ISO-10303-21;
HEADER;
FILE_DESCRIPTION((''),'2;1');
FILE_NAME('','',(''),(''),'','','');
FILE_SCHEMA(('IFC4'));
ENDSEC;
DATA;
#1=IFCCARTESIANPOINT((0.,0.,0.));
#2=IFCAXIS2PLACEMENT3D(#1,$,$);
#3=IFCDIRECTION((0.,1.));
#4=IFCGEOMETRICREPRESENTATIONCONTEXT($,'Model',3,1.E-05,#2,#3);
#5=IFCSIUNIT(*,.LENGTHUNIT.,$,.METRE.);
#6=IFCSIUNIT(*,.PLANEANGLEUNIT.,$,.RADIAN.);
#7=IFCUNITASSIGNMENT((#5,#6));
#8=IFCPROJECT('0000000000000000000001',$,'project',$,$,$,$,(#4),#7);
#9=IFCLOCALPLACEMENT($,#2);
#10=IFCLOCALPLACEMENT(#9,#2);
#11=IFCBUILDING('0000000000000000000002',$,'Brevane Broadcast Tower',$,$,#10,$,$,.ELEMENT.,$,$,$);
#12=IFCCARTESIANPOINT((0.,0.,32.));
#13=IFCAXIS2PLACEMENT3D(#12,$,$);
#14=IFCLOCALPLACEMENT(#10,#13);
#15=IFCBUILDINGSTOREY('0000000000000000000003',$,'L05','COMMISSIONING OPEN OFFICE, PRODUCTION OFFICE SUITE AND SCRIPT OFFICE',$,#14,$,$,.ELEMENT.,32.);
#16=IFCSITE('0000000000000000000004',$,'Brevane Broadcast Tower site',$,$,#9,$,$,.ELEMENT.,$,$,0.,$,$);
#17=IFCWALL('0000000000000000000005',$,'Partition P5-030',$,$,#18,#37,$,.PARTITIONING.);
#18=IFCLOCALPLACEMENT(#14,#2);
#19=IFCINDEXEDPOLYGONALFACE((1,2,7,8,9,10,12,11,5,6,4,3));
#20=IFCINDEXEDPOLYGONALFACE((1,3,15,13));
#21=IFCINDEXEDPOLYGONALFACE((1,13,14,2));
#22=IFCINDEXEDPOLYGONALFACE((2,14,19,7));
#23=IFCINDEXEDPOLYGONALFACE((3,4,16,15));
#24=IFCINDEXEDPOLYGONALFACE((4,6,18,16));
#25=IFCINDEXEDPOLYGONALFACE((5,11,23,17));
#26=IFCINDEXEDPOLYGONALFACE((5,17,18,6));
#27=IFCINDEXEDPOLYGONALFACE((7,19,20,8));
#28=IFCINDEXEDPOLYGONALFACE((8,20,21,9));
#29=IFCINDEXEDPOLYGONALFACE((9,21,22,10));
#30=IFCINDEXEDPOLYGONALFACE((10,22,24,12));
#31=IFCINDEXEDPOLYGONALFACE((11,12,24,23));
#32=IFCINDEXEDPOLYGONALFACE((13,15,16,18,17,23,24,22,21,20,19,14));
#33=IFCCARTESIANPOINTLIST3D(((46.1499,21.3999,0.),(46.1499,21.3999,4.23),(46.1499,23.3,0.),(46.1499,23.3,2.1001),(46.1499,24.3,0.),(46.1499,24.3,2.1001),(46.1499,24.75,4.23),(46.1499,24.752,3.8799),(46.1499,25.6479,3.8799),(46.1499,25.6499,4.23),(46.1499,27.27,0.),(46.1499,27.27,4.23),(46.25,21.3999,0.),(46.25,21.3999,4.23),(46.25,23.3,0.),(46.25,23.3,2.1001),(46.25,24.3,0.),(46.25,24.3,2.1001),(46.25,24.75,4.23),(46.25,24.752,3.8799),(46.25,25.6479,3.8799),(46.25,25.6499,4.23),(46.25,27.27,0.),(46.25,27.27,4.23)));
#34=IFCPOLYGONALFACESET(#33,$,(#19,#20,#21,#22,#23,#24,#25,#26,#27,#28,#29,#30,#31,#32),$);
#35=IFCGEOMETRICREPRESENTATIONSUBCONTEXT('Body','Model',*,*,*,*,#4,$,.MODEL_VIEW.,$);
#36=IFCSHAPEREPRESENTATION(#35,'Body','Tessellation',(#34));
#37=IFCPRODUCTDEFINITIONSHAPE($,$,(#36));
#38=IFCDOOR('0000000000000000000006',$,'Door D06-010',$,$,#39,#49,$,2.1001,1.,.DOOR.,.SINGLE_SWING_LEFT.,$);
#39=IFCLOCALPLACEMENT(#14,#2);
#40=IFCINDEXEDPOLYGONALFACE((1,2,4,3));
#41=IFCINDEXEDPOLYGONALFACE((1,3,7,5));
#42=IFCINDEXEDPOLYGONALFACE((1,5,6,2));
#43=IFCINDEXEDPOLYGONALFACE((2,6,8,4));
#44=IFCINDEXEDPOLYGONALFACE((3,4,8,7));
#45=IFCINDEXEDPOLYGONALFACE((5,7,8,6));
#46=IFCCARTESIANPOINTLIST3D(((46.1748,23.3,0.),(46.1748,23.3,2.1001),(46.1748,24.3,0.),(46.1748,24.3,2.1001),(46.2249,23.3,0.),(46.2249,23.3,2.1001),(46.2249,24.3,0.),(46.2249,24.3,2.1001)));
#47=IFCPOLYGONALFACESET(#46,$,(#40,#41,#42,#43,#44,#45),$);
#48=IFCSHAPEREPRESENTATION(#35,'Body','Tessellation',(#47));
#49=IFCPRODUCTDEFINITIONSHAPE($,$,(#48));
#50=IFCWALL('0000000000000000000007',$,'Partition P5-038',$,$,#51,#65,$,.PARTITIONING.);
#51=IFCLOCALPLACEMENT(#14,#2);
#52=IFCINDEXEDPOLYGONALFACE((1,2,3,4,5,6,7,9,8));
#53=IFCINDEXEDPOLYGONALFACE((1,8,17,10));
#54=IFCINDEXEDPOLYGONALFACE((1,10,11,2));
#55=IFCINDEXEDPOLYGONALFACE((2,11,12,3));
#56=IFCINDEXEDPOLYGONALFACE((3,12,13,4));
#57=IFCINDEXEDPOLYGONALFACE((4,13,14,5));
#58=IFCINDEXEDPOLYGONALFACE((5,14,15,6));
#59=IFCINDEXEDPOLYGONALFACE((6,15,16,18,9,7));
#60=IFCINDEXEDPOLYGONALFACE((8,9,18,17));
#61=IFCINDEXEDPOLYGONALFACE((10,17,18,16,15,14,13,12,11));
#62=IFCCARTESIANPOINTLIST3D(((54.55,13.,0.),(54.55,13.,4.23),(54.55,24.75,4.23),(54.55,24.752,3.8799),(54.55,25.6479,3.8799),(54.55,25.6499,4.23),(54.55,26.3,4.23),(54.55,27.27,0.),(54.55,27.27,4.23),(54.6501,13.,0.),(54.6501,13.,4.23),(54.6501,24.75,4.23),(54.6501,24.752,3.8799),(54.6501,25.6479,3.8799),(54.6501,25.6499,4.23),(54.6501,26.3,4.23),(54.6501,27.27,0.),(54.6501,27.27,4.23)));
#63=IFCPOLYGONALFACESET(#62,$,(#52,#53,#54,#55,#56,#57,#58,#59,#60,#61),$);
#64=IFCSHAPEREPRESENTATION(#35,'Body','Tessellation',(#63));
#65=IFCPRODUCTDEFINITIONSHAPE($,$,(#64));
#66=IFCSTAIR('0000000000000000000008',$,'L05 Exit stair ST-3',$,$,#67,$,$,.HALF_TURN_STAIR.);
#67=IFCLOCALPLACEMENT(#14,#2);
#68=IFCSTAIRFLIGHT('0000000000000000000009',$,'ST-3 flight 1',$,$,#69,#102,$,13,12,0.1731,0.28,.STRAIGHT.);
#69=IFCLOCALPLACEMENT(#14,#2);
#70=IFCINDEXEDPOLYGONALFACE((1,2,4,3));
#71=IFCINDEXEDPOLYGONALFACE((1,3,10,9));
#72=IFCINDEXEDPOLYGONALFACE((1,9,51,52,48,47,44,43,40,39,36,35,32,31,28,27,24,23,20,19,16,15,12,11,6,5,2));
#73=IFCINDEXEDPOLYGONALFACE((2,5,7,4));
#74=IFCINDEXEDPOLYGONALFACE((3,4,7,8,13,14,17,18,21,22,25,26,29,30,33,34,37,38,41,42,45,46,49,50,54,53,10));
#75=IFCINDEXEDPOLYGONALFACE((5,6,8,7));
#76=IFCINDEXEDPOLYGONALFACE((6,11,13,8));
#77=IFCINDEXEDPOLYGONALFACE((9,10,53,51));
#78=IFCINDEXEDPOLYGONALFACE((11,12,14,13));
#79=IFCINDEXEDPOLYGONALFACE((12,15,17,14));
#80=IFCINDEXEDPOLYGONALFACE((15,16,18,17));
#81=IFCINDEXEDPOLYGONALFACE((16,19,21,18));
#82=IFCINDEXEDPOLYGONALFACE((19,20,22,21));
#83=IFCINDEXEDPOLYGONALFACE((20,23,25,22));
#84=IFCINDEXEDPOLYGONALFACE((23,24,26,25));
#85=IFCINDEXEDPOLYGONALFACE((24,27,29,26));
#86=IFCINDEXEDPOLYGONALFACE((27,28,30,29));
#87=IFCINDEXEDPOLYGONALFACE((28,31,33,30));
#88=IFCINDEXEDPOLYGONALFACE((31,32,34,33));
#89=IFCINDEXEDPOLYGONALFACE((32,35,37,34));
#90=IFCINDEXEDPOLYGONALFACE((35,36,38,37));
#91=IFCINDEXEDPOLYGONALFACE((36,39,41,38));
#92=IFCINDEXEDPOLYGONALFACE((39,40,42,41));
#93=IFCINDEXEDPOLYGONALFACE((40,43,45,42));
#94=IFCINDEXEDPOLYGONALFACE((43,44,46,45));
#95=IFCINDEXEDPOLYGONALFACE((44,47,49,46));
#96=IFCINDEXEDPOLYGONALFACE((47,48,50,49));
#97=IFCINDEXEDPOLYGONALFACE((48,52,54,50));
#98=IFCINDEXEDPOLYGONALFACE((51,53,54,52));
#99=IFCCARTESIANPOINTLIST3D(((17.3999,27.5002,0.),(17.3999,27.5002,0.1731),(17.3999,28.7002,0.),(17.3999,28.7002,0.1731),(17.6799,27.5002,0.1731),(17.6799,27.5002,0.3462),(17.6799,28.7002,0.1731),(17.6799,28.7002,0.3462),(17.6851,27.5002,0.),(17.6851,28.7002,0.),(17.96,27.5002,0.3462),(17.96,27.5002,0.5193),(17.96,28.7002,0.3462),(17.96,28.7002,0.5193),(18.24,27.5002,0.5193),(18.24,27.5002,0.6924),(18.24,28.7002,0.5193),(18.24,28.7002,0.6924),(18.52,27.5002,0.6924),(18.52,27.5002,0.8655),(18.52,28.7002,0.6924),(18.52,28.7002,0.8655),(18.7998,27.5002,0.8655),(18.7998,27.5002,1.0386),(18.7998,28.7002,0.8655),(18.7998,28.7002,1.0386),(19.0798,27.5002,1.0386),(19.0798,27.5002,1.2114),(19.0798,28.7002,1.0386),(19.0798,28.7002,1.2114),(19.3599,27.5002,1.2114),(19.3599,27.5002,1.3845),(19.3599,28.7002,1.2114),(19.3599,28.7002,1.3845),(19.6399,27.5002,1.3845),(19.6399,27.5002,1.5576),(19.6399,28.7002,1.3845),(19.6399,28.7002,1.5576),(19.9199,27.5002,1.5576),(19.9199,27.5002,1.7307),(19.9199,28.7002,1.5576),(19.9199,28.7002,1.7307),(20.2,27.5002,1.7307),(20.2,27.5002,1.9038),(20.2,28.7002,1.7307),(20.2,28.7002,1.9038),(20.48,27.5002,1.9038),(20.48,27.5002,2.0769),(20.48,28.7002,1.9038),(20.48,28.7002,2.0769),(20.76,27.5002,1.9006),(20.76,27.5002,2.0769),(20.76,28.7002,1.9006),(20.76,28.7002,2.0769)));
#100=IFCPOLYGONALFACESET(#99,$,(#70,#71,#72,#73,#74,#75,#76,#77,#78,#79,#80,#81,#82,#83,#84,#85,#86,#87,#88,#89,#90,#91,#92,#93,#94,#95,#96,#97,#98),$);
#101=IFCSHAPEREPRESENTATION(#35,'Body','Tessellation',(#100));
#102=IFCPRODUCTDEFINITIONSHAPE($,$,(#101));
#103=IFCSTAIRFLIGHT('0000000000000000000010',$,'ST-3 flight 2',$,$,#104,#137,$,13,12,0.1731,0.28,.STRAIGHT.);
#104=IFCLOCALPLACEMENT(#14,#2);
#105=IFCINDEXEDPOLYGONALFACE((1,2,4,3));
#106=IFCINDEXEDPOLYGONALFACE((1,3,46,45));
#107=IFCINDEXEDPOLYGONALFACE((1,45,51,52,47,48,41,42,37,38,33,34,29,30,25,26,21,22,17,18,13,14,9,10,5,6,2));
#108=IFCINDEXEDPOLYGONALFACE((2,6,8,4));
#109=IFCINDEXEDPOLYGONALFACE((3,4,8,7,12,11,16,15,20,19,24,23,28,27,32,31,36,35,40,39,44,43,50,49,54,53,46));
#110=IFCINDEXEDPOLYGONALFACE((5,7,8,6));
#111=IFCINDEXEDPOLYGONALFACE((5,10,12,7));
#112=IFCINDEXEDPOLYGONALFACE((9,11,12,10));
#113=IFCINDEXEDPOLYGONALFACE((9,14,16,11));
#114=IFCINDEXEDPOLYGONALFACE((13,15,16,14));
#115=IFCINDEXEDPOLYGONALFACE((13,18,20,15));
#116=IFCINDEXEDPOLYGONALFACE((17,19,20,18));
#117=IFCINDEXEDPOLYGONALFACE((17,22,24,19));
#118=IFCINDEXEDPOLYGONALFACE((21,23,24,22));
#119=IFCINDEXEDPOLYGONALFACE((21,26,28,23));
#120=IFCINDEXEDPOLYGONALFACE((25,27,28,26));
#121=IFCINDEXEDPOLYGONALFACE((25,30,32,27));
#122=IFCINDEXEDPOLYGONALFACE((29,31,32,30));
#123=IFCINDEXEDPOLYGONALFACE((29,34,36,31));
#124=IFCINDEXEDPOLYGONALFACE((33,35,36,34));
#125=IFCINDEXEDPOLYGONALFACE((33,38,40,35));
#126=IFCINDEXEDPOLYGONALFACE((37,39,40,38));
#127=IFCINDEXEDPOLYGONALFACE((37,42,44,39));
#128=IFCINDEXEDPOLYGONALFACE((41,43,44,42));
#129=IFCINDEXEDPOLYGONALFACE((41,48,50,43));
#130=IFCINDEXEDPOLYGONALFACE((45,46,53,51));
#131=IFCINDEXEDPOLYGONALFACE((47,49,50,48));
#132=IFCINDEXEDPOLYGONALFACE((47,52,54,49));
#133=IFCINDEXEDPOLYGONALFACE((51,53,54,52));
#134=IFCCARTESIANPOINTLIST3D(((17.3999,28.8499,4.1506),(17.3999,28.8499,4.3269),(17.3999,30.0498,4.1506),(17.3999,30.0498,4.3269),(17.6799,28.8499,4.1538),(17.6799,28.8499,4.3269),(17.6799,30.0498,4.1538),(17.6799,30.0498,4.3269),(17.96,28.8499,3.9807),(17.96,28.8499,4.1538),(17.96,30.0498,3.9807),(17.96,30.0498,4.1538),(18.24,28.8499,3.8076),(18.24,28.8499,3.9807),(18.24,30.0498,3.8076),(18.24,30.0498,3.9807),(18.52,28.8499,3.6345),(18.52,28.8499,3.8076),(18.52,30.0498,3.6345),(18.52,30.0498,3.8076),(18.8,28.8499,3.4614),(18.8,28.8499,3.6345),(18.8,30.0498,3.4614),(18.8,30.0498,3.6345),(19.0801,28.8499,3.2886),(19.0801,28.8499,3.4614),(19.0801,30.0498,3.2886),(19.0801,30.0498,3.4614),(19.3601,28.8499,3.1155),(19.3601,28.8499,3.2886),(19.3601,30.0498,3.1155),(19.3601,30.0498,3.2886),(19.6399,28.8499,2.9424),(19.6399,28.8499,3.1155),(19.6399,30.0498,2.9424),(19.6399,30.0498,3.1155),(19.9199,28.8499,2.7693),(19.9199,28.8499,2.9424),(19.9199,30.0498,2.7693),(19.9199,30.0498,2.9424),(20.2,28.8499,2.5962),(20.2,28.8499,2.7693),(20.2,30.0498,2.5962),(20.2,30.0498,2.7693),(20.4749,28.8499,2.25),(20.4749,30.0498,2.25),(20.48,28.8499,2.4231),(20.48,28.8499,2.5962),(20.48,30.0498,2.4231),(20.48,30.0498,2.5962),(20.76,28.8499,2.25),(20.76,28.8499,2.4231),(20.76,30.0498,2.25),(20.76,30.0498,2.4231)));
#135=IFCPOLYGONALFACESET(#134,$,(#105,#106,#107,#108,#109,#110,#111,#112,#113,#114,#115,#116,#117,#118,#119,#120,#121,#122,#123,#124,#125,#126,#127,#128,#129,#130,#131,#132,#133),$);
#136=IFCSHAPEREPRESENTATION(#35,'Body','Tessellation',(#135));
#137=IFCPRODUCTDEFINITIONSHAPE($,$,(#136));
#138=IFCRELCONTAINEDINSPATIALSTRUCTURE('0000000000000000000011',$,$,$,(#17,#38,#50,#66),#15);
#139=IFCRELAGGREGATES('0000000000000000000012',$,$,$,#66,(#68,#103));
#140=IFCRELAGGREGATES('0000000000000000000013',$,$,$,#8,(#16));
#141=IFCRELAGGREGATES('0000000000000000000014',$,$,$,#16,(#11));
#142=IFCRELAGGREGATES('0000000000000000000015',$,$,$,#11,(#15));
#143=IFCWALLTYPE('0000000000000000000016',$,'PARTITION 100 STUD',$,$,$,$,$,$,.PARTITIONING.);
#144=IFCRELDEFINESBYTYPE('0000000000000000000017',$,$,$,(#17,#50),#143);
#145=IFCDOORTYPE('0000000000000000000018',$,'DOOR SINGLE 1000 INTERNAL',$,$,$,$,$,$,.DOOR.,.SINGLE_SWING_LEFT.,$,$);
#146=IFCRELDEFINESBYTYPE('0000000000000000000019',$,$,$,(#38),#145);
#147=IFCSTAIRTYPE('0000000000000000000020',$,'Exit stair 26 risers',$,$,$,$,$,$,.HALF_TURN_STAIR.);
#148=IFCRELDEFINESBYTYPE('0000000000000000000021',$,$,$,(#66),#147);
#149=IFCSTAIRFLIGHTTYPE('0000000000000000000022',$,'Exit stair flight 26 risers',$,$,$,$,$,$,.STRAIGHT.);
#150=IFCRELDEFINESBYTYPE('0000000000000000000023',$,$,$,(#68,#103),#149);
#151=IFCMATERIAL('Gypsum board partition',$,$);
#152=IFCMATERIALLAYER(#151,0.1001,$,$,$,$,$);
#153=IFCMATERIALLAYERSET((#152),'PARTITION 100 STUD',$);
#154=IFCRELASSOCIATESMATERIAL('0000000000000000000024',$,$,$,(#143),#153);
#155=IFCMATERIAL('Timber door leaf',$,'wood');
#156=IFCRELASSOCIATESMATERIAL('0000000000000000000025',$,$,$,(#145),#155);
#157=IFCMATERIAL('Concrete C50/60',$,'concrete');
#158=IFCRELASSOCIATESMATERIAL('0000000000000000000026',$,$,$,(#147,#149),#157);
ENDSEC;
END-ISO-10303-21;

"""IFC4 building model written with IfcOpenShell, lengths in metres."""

from ifc_helpers import new_model, si_unit, direction, frame, frame_2d, origin, place, context, subcontext, project, spatial, polyline, rectangle, outline, extrude, material, layer, layer_set, type_object, element, fill, aggregate, save


model = new_model("IFC4")

# Units and contexts
model_context = context("Model", 3, precision=1e-05, world=origin(), true_north=direction((0.0, 1.0)))
body_context = subcontext(model_context, "Body", "Model", "MODEL_VIEW")
ifc_project = project(units=[si_unit("LENGTHUNIT", "METRE"), si_unit("PLANEANGLEUNIT", "RADIAN")], contexts=[model_context])

# Site, building, storey
site_placement = place(None, origin())
site = spatial("IfcSite", under=ifc_project, at=site_placement, Name="Brevane Broadcast Tower site", CompositionType="ELEMENT", RefElevation=0.0)
building_placement = place(site_placement, origin())
building = spatial("IfcBuilding", under=site, at=building_placement, Name="Brevane Broadcast Tower", CompositionType="ELEMENT")
storey_placement = place(building_placement, frame((0.0, 0.0, 32.0)))
storey = spatial("IfcBuildingStorey", under=building, at=storey_placement, Name="L05", Description="COMMISSIONING OPEN OFFICE, PRODUCTION OFFICE SUITE AND SCRIPT OFFICE", CompositionType="ELEMENT", Elevation=32.0)

# Shared definitions
ifc_material_1 = material(Name="Gypsum board partition")
ifc_layer_1 = layer(ifc_material_1, 0.1001)
ifc_layer_set_1 = layer_set([ifc_layer_1], Name="PARTITION 100 STUD")
wall_type_1 = type_object("IfcWallType", Name="PARTITION 100 STUD", PredefinedType="PARTITIONING", material=ifc_layer_set_1)

# Wall, opening, door
wall_1_placement = place(storey_placement, frame((46.2, 27.27, 0.0), z_axis=(0.0, 0.0, 1.0), x_axis=(0.0, -1.0, 0.0)))
wall_1 = element("IfcWall", 1, at=wall_1_placement, inside=storey, type_object=wall_type_1, Name="Partition P5-030", PredefinedType="PARTITIONING", context=body_context, shape_type="SweptSolid", body=[
    extrude(outline(polyline([(0.0, 0.0), (5.8701, 0.0), (5.8701, 4.23), (2.52, 4.23), (2.5181, 3.8799), (1.6221, 3.8799), (1.6201, 4.23), (0.97, 4.23), (0.0, 4.23), (0.0, 0.0)])), frame((0.0, 0.05, 0.0), z_axis=(0.0, -1.0, 0.0), x_axis=(1.0, 0.0, 0.0)), (0.0, 0.0, 1.0), 0.1001),
])
opening_placement = place(wall_1_placement, frame((2.97, 0.0, 0.0)))
opening = element("IfcOpeningElement", 2, at=opening_placement, cuts=wall_1, PredefinedType="OPENING", context=body_context, shape_type="SweptSolid", body=[
    extrude(rectangle(XDim=1.0, YDim=2.1001, at=frame_2d((0.5, 1.05))), frame((0.0, 0.0601, 0.0), z_axis=(0.0, -1.0, 0.0), x_axis=(1.0, 0.0, 0.0)), (0.0, 0.0, 1.0), 0.1201),
])
ifc_material_2 = material(Name="Timber door leaf", Category="wood")
door_type = type_object("IfcDoorType", Name="DOOR SINGLE 1000 INTERNAL", OperationType="SINGLE_SWING_LEFT", PredefinedType="DOOR", material=ifc_material_2)
door_placement = place(opening_placement, origin())
door = element("IfcDoor", 3, at=door_placement, inside=storey, type_object=door_type, Name="Door D06-010", OperationType="SINGLE_SWING_LEFT", OverallHeight=2.1001, OverallWidth=1.0, PredefinedType="DOOR", context=body_context, shape_type="SweptSolid", body=[
    extrude(rectangle(XDim=1.0, YDim=2.1001, at=frame_2d((0.5, 1.05))), frame((0.0, 0.0249, 0.0), z_axis=(0.0, -1.0, 0.0), x_axis=(1.0, 0.0, 0.0)), (0.0, 0.0, 1.0), 0.05),
])
fill(opening, door)

# Wall
wall_2_placement = place(storey_placement, frame((54.6001, 27.27, 0.0), z_axis=(0.0, 0.0, 1.0), x_axis=(0.0, -1.0, 0.0)))
element("IfcWall", 4, at=wall_2_placement, inside=storey, type_object=wall_type_1, Name="Partition P5-038", PredefinedType="PARTITIONING", context=body_context, shape_type="SweptSolid", body=[
    extrude(outline(polyline([(0.0, 0.0), (14.27, 0.0), (14.27, 4.23), (2.52, 4.23), (2.5181, 3.8799), (1.6221, 3.8799), (1.6201, 4.23), (0.97, 4.23), (0.0, 4.23), (0.0, 0.0)])), frame((0.0, 0.05, 0.0), z_axis=(0.0, -1.0, 0.0), x_axis=(1.0, 0.0, 0.0)), (0.0, 0.0, 1.0), 0.1001),
])

# Stair, stair flights
ifc_material_3 = material(Name="Concrete C50/60", Category="concrete")
stair_type = type_object("IfcStairType", Name="Exit stair 26 risers", PredefinedType="HALF_TURN_STAIR", material=ifc_material_3)
stair_placement = place(storey_placement, origin())
stair = element("IfcStair", 5, at=stair_placement, inside=storey, type_object=stair_type, Name="L05 Exit stair ST-3", PredefinedType="HALF_TURN_STAIR")
stair_flight_type = type_object("IfcStairFlightType", Name="Exit stair flight 26 risers", PredefinedType="STRAIGHT", material=ifc_material_3)
stair_flight_1_placement = place(storey_placement, frame((17.3999, 28.1001, 0.0), z_axis=(0.0, 0.0, 1.0), x_axis=(1.0, 0.0, 0.0)))
stair_flight_1 = element("IfcStairFlight", 6, at=stair_flight_1_placement, type_object=stair_flight_type, Name="ST-3 flight 1", NumberOfRisers=13, NumberOfTreads=12, PredefinedType="STRAIGHT", RiserHeight=0.1731, TreadLength=0.28, context=body_context, shape_type="SweptSolid", body=[
    extrude(outline(polyline([(0.0, 0.0), (0.0, 0.1731), (0.28, 0.1731), (0.28, 0.3462), (0.5601, 0.3462), (0.5601, 0.5193), (0.8401, 0.5193), (0.8401, 0.6924), (1.1201, 0.6924), (1.1201, 0.8655), (1.3999, 0.8655), (1.3999, 1.0386), (1.6799, 1.0386), (1.6799, 1.2114), (1.96, 1.2114), (1.96, 1.3845), (2.24, 1.3845), (2.24, 1.5576), (2.52, 1.5576), (2.52, 1.7307), (2.8, 1.7307), (2.8, 1.9038), (3.0801, 1.9038), (3.0801, 2.0769), (3.3601, 2.0769), (3.3601, 2.25), (3.3601, 1.9006), (0.2852, 0.0), (0.0, 0.0)])), frame((0.0, 0.6001, 0.0), z_axis=(0.0, -1.0, 0.0), x_axis=(1.0, 0.0, 0.0)), (0.0, 0.0, 1.0), 1.2),
])
stair_flight_2_placement = place(storey_placement, frame((20.76, 29.45, 2.25), z_axis=(0.0, 0.0, 1.0), x_axis=(-1.0, 0.0, 0.0)))
stair_flight_2 = element("IfcStairFlight", 7, at=stair_flight_2_placement, type_object=stair_flight_type, Name="ST-3 flight 2", NumberOfRisers=13, NumberOfTreads=12, PredefinedType="STRAIGHT", RiserHeight=0.1731, TreadLength=0.28, context=body_context, shape_type="SweptSolid", body=[
    extrude(outline(polyline([(0.0, 0.0), (0.0, 0.1731), (0.28, 0.1731), (0.28, 0.3462), (0.5601, 0.3462), (0.5601, 0.5193), (0.8401, 0.5193), (0.8401, 0.6924), (1.1201, 0.6924), (1.1201, 0.8655), (1.3999, 0.8655), (1.3999, 1.0386), (1.6799, 1.0386), (1.6799, 1.2114), (1.96, 1.2114), (1.96, 1.3845), (2.24, 1.3845), (2.24, 1.5576), (2.52, 1.5576), (2.52, 1.7307), (2.8, 1.7307), (2.8, 1.9038), (3.0801, 1.9038), (3.0801, 2.0769), (3.3601, 2.0769), (3.3601, 2.25), (3.3601, 1.9006), (0.2852, 0.0), (0.0, 0.0)])), frame((0.0, 0.6001, 0.0), z_axis=(0.0, -1.0, 0.0), x_axis=(1.0, 0.0, 0.0)), (0.0, 0.0, 1.0), 1.2),
])
aggregate(stair, [stair_flight_1, stair_flight_2])

save(model, "model.ifc")
